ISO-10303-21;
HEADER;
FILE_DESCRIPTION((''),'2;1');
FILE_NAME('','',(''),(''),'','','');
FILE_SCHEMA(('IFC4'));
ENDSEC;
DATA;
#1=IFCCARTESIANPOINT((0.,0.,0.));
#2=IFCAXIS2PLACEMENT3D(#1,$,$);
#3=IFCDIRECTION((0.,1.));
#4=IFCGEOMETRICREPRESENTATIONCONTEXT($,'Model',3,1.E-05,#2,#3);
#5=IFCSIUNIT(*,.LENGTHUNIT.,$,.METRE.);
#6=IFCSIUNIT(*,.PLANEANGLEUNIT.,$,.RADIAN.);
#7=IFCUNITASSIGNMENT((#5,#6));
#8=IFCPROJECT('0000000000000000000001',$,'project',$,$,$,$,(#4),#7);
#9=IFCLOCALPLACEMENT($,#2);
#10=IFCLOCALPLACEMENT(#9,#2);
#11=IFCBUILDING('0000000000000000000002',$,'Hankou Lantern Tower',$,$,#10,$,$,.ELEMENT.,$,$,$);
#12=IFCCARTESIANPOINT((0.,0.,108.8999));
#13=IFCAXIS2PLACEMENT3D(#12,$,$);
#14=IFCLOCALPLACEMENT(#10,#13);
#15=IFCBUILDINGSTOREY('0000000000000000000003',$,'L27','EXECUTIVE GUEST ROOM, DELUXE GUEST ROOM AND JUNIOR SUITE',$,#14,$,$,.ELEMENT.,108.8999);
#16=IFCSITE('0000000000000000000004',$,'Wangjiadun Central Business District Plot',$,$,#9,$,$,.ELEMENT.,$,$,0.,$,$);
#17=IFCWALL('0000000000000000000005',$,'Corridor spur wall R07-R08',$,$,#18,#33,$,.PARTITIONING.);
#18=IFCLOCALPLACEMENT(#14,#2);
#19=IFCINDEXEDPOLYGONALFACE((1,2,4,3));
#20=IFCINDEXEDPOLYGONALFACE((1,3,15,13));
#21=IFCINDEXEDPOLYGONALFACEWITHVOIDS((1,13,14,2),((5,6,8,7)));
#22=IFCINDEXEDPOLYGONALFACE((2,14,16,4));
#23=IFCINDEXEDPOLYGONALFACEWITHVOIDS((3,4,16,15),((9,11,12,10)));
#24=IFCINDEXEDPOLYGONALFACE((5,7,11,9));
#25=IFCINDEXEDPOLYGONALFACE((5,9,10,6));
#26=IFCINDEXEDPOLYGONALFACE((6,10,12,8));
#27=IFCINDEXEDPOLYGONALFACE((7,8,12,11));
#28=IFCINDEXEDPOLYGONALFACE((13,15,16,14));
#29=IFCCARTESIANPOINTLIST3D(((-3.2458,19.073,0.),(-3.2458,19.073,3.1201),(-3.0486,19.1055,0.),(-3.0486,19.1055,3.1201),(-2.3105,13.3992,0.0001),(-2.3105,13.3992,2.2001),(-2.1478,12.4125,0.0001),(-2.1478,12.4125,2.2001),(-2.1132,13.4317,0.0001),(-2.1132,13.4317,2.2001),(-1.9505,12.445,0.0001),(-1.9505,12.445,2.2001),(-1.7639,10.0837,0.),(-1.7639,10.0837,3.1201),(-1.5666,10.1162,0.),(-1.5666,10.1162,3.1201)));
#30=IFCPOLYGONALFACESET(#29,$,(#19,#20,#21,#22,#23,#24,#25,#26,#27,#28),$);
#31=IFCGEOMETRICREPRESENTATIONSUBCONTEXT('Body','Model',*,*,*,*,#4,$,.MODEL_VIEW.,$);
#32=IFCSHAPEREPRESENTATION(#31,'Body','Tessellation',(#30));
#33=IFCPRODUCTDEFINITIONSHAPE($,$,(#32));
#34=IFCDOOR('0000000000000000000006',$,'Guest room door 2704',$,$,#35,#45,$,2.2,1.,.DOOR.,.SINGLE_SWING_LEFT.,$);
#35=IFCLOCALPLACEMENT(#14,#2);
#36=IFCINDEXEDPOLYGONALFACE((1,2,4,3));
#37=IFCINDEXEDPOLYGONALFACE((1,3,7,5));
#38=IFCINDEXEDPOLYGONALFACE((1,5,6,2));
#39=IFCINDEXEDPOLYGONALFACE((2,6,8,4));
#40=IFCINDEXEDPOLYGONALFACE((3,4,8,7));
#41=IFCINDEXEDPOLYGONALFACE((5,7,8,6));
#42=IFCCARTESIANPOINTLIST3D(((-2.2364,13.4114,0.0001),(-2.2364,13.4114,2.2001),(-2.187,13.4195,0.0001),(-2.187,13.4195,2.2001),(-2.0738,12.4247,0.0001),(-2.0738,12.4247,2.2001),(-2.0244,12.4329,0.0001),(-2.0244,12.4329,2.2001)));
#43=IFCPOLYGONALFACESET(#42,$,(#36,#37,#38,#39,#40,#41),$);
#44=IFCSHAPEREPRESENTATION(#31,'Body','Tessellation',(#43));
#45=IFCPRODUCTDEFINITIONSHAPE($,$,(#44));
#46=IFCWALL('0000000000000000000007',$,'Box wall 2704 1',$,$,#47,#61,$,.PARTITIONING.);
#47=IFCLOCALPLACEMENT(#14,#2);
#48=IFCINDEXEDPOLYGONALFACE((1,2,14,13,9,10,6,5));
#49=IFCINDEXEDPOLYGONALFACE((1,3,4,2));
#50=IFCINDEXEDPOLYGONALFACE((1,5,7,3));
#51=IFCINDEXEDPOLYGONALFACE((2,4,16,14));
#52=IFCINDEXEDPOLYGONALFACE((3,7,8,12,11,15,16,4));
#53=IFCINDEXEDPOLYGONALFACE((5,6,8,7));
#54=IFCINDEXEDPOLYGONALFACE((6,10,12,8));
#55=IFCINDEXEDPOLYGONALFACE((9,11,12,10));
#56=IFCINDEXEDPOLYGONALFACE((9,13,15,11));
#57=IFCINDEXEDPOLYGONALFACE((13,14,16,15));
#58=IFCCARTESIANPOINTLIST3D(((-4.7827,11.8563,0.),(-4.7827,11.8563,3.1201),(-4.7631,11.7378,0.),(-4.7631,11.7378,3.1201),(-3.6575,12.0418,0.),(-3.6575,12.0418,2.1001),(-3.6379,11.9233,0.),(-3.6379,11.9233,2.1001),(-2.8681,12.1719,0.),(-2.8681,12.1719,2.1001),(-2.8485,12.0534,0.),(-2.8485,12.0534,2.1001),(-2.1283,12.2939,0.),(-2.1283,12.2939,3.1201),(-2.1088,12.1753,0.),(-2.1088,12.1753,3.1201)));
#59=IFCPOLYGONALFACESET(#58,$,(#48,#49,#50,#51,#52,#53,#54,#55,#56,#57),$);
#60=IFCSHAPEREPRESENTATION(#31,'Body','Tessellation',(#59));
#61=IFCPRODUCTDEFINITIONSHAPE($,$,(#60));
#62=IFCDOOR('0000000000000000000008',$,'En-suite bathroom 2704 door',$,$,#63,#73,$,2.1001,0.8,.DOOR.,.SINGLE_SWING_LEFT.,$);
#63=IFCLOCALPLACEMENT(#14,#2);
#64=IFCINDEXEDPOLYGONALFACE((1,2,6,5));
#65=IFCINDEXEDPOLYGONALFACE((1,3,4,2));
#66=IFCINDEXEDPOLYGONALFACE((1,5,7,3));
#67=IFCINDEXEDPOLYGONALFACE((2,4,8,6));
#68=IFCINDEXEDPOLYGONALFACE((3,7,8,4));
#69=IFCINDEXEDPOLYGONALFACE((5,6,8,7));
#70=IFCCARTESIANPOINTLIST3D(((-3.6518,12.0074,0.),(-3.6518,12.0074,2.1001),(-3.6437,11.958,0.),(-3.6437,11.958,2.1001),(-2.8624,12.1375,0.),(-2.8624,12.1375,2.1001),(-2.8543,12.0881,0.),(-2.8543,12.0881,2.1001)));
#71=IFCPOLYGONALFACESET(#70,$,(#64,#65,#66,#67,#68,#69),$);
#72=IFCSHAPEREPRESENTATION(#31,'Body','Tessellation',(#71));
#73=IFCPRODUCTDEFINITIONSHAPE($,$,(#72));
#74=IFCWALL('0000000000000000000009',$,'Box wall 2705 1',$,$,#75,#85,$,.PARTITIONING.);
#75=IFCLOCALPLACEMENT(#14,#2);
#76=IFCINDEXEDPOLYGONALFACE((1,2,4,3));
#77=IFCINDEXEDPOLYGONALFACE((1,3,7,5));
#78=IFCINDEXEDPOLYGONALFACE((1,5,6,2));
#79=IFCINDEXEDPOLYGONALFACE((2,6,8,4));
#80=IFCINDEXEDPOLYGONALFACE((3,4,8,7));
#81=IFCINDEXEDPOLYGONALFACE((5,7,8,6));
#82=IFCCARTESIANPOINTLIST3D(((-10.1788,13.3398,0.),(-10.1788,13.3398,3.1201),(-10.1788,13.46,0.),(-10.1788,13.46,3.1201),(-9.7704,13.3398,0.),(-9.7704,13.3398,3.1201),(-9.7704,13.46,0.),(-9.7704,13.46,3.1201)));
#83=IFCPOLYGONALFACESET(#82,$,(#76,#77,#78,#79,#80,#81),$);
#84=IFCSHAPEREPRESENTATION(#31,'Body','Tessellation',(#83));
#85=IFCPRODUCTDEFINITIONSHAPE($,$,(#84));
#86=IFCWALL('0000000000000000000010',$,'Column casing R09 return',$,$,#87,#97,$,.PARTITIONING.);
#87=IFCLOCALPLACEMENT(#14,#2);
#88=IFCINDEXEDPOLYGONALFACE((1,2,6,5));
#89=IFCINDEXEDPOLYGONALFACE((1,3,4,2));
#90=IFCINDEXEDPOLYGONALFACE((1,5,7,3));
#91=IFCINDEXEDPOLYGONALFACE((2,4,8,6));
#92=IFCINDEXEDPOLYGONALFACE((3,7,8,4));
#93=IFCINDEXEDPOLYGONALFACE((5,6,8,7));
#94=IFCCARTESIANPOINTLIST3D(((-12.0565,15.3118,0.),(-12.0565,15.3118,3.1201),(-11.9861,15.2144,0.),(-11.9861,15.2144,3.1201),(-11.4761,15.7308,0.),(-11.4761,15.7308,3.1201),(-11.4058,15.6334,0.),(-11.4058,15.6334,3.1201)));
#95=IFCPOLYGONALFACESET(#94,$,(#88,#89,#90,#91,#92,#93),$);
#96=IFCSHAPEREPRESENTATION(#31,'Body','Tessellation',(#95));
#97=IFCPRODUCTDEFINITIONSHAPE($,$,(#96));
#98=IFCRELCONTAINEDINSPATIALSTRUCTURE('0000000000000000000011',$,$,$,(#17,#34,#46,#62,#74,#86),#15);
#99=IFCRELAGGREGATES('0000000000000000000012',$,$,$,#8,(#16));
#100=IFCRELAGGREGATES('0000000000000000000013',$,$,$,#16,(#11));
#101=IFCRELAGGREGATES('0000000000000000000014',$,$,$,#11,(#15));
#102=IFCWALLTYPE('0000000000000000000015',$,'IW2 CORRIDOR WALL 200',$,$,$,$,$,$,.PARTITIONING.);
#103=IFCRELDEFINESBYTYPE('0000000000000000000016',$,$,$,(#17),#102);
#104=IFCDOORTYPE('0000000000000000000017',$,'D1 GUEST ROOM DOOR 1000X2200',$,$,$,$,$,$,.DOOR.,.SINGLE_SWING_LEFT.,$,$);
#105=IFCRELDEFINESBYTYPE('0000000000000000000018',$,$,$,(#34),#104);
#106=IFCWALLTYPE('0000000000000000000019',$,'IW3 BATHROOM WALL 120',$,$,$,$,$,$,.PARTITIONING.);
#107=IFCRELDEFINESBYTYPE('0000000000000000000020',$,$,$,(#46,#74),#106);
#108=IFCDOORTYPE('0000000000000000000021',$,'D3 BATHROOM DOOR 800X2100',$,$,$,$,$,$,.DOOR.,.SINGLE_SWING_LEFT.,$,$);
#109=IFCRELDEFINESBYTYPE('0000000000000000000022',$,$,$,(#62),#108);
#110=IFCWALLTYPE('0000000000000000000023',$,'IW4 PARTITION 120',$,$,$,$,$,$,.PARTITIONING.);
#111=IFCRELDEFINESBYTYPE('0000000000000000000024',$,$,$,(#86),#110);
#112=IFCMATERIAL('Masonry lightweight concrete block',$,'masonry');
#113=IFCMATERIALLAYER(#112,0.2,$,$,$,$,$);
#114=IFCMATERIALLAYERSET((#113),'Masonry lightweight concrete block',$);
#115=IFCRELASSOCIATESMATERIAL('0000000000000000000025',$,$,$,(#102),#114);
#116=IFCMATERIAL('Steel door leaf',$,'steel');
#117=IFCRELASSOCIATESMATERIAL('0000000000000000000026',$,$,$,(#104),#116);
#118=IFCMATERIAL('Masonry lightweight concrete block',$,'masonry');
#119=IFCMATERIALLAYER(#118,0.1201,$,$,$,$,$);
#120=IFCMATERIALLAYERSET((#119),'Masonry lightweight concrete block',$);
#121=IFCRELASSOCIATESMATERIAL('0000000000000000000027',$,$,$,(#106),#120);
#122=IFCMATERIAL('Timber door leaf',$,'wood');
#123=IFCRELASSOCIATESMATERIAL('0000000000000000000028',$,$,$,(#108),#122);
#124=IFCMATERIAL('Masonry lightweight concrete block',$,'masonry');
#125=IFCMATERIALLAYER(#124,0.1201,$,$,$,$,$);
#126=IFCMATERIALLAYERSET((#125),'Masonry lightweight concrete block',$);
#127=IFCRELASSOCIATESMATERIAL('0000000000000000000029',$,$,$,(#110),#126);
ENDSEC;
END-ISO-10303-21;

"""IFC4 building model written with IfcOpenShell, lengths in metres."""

from ifc_helpers import new_model, si_unit, direction, frame, frame_2d, origin, place, context, subcontext, project, spatial, rectangle, extrude, material, layer, layer_set, type_object, element, fill, save


model = new_model("IFC4")

# Units and contexts
model_context = context("Model", 3, precision=1e-05, world=origin(), true_north=direction((0.0, 1.0)))
body_context = subcontext(model_context, "Body", "Model", "MODEL_VIEW")
ifc_project = project(units=[si_unit("LENGTHUNIT", "METRE"), si_unit("PLANEANGLEUNIT", "RADIAN")], contexts=[model_context])

# Site, building, storey
site_placement = place(None, origin())
site = spatial("IfcSite", under=ifc_project, at=site_placement, Name="Wangjiadun Central Business District Plot", CompositionType="ELEMENT", RefElevation=0.0)
building_placement = place(site_placement, origin())
building = spatial("IfcBuilding", under=site, at=building_placement, Name="Hankou Lantern Tower", CompositionType="ELEMENT")
storey_placement = place(building_placement, frame((0.0, 0.0, 108.8999)))
storey = spatial("IfcBuildingStorey", under=building, at=storey_placement, Name="L27", Description="EXECUTIVE GUEST ROOM, DELUXE GUEST ROOM AND JUNIOR SUITE", CompositionType="ELEMENT", Elevation=108.8999)

# Walls, openings, doors
ifc_material_1 = material(Name="Masonry lightweight concrete block", Category="masonry")
ifc_layer_1 = layer(ifc_material_1, 0.2)
ifc_layer_set_1 = layer_set([ifc_layer_1], Name="Masonry lightweight concrete block")
wall_type_1 = type_object("IfcWallType", Name="IW2 CORRIDOR WALL 200", PredefinedType="PARTITIONING", material=ifc_layer_set_1)
wall_1_placement = place(storey_placement, frame((-1.6653, 10.1001, 0.0), z_axis=(0.0, 0.0, 1.0), x_axis=(-0.162661, 0.986682, 0.0)))
wall_1 = element("IfcWall", 1, at=wall_1_placement, inside=storey, type_object=wall_type_1, Name="Corridor spur wall R07-R08", PredefinedType="PARTITIONING", context=body_context, shape_type="SweptSolid", body=[
    extrude(rectangle(XDim=9.1106, YDim=0.2, at=frame_2d((4.5552, 0.0))), origin(), (0.0, 0.0, 1.0), 3.1201),
])
opening_1_placement = place(wall_1_placement, frame((2.3601, 0.0, 0.0)))
opening_1 = element("IfcOpeningElement", 2, at=opening_1_placement, cuts=wall_1, PredefinedType="OPENING", context=body_context, shape_type="SweptSolid", body=[
    extrude(rectangle(XDim=1.0, YDim=2.2, at=frame_2d((0.5, 1.1001))), frame((0.0, 0.1099, 0.0), z_axis=(0.0, -1.0, 0.0), x_axis=(1.0, 0.0, 0.0)), (0.0, 0.0, 1.0), 0.22),
])
ifc_material_2 = material(Name="Steel door leaf", Category="steel")
door_type_1 = type_object("IfcDoorType", Name="D1 GUEST ROOM DOOR 1000X2200", OperationType="SINGLE_SWING_LEFT", PredefinedType="DOOR", material=ifc_material_2)
door_1_placement = place(opening_1_placement, origin())
door_1 = element("IfcDoor", 3, at=door_1_placement, inside=storey, type_object=door_type_1, Name="Guest room door 2704", OperationType="SINGLE_SWING_LEFT", OverallHeight=2.2, OverallWidth=1.0, PredefinedType="DOOR", context=body_context, shape_type="SweptSolid", body=[
    extrude(rectangle(XDim=1.0, YDim=2.2, at=frame_2d((0.5, 1.1001))), frame((0.0, 0.0249, 0.0), z_axis=(0.0, -1.0, 0.0), x_axis=(1.0, 0.0, 0.0)), (0.0, 0.0, 1.0), 0.05),
])
fill(opening_1, door_1)
ifc_material_3 = material(Name="Masonry lightweight concrete block", Category="masonry")
ifc_layer_2 = layer(ifc_material_3, 0.1201)
ifc_layer_set_2 = layer_set([ifc_layer_2], Name="Masonry lightweight concrete block")
wall_type_2 = type_object("IfcWallType", Name="IW3 BATHROOM WALL 120", PredefinedType="PARTITIONING", material=ifc_layer_set_2)
wall_2_placement = place(storey_placement, frame((-2.1184, 12.2346, 0.0), z_axis=(0.0, 0.0, 1.0), x_axis=(-0.986687, -0.162633, 0.0)))
wall_2 = element("IfcWall", 4, at=wall_2_placement, inside=storey, type_object=wall_type_2, Name="Box wall 2704 1", PredefinedType="PARTITIONING", context=body_context, shape_type="SweptSolid", body=[
    extrude(rectangle(XDim=2.6902, YDim=0.1201, at=frame_2d((1.3452, 0.0))), origin(), (0.0, 0.0, 1.0), 3.1201),
])
opening_2_placement = place(wall_2_placement, frame((0.75, 0.0, 0.0)))
opening_2 = element("IfcOpeningElement", 5, at=opening_2_placement, cuts=wall_2, PredefinedType="OPENING", context=body_context, shape_type="SweptSolid", body=[
    extrude(rectangle(XDim=0.8, YDim=2.1001, at=frame_2d((0.3999, 1.05))), frame((0.0, 0.0701, 0.0), z_axis=(0.0, -1.0, 0.0), x_axis=(1.0, 0.0, 0.0)), (0.0, 0.0, 1.0), 0.1401),
])
ifc_material_4 = material(Name="Timber door leaf", Category="wood")
door_type_2 = type_object("IfcDoorType", Name="D3 BATHROOM DOOR 800X2100", OperationType="SINGLE_SWING_LEFT", PredefinedType="DOOR", material=ifc_material_4)
door_2_placement = place(opening_2_placement, origin())
door_2 = element("IfcDoor", 6, at=door_2_placement, inside=storey, type_object=door_type_2, Name="En-suite bathroom 2704 door", OperationType="SINGLE_SWING_LEFT", OverallHeight=2.1001, OverallWidth=0.8, PredefinedType="DOOR", context=body_context, shape_type="SweptSolid", body=[
    extrude(rectangle(XDim=0.8, YDim=2.1001, at=frame_2d((0.3999, 1.05))), frame((0.0, 0.0249, 0.0), z_axis=(0.0, -1.0, 0.0), x_axis=(1.0, 0.0, 0.0)), (0.0, 0.0, 1.0), 0.05),
])
fill(opening_2, door_2)

# Walls
wall_3_placement = place(storey_placement, frame((-9.7705, 13.3999, 0.0), z_axis=(0.0, 0.0, 1.0), x_axis=(-1.0, 0.0, 0.0)))
element("IfcWall", 7, at=wall_3_placement, inside=storey, type_object=wall_type_2, Name="Box wall 2705 1", PredefinedType="PARTITIONING", context=body_context, shape_type="SweptSolid", body=[
    extrude(rectangle(XDim=0.4084, YDim=0.1201, at=frame_2d((0.2041, 0.0))), origin(), (0.0, 0.0, 1.0), 3.1201),
])
ifc_material_5 = material(Name="Masonry lightweight concrete block", Category="masonry")
ifc_layer_3 = layer(ifc_material_5, 0.1201)
ifc_layer_set_3 = layer_set([ifc_layer_3], Name="Masonry lightweight concrete block")
wall_type_3 = type_object("IfcWallType", Name="IW4 PARTITION 120", PredefinedType="PARTITIONING", material=ifc_layer_set_3)
wall_4_placement = place(storey_placement, frame((-11.4409, 15.6821, 0.0), z_axis=(0.0, 0.0, 1.0), x_axis=(-0.810796, -0.585329, 0.0)))
element("IfcWall", 8, at=wall_4_placement, inside=storey, type_object=wall_type_3, Name="Column casing R09 return", PredefinedType="PARTITIONING", context=body_context, shape_type="SweptSolid", body=[
    extrude(rectangle(XDim=0.7158, YDim=0.1201, at=frame_2d((0.3579, 0.0))), origin(), (0.0, 0.0, 1.0), 3.1201),
])

save(model, "model.ifc")
